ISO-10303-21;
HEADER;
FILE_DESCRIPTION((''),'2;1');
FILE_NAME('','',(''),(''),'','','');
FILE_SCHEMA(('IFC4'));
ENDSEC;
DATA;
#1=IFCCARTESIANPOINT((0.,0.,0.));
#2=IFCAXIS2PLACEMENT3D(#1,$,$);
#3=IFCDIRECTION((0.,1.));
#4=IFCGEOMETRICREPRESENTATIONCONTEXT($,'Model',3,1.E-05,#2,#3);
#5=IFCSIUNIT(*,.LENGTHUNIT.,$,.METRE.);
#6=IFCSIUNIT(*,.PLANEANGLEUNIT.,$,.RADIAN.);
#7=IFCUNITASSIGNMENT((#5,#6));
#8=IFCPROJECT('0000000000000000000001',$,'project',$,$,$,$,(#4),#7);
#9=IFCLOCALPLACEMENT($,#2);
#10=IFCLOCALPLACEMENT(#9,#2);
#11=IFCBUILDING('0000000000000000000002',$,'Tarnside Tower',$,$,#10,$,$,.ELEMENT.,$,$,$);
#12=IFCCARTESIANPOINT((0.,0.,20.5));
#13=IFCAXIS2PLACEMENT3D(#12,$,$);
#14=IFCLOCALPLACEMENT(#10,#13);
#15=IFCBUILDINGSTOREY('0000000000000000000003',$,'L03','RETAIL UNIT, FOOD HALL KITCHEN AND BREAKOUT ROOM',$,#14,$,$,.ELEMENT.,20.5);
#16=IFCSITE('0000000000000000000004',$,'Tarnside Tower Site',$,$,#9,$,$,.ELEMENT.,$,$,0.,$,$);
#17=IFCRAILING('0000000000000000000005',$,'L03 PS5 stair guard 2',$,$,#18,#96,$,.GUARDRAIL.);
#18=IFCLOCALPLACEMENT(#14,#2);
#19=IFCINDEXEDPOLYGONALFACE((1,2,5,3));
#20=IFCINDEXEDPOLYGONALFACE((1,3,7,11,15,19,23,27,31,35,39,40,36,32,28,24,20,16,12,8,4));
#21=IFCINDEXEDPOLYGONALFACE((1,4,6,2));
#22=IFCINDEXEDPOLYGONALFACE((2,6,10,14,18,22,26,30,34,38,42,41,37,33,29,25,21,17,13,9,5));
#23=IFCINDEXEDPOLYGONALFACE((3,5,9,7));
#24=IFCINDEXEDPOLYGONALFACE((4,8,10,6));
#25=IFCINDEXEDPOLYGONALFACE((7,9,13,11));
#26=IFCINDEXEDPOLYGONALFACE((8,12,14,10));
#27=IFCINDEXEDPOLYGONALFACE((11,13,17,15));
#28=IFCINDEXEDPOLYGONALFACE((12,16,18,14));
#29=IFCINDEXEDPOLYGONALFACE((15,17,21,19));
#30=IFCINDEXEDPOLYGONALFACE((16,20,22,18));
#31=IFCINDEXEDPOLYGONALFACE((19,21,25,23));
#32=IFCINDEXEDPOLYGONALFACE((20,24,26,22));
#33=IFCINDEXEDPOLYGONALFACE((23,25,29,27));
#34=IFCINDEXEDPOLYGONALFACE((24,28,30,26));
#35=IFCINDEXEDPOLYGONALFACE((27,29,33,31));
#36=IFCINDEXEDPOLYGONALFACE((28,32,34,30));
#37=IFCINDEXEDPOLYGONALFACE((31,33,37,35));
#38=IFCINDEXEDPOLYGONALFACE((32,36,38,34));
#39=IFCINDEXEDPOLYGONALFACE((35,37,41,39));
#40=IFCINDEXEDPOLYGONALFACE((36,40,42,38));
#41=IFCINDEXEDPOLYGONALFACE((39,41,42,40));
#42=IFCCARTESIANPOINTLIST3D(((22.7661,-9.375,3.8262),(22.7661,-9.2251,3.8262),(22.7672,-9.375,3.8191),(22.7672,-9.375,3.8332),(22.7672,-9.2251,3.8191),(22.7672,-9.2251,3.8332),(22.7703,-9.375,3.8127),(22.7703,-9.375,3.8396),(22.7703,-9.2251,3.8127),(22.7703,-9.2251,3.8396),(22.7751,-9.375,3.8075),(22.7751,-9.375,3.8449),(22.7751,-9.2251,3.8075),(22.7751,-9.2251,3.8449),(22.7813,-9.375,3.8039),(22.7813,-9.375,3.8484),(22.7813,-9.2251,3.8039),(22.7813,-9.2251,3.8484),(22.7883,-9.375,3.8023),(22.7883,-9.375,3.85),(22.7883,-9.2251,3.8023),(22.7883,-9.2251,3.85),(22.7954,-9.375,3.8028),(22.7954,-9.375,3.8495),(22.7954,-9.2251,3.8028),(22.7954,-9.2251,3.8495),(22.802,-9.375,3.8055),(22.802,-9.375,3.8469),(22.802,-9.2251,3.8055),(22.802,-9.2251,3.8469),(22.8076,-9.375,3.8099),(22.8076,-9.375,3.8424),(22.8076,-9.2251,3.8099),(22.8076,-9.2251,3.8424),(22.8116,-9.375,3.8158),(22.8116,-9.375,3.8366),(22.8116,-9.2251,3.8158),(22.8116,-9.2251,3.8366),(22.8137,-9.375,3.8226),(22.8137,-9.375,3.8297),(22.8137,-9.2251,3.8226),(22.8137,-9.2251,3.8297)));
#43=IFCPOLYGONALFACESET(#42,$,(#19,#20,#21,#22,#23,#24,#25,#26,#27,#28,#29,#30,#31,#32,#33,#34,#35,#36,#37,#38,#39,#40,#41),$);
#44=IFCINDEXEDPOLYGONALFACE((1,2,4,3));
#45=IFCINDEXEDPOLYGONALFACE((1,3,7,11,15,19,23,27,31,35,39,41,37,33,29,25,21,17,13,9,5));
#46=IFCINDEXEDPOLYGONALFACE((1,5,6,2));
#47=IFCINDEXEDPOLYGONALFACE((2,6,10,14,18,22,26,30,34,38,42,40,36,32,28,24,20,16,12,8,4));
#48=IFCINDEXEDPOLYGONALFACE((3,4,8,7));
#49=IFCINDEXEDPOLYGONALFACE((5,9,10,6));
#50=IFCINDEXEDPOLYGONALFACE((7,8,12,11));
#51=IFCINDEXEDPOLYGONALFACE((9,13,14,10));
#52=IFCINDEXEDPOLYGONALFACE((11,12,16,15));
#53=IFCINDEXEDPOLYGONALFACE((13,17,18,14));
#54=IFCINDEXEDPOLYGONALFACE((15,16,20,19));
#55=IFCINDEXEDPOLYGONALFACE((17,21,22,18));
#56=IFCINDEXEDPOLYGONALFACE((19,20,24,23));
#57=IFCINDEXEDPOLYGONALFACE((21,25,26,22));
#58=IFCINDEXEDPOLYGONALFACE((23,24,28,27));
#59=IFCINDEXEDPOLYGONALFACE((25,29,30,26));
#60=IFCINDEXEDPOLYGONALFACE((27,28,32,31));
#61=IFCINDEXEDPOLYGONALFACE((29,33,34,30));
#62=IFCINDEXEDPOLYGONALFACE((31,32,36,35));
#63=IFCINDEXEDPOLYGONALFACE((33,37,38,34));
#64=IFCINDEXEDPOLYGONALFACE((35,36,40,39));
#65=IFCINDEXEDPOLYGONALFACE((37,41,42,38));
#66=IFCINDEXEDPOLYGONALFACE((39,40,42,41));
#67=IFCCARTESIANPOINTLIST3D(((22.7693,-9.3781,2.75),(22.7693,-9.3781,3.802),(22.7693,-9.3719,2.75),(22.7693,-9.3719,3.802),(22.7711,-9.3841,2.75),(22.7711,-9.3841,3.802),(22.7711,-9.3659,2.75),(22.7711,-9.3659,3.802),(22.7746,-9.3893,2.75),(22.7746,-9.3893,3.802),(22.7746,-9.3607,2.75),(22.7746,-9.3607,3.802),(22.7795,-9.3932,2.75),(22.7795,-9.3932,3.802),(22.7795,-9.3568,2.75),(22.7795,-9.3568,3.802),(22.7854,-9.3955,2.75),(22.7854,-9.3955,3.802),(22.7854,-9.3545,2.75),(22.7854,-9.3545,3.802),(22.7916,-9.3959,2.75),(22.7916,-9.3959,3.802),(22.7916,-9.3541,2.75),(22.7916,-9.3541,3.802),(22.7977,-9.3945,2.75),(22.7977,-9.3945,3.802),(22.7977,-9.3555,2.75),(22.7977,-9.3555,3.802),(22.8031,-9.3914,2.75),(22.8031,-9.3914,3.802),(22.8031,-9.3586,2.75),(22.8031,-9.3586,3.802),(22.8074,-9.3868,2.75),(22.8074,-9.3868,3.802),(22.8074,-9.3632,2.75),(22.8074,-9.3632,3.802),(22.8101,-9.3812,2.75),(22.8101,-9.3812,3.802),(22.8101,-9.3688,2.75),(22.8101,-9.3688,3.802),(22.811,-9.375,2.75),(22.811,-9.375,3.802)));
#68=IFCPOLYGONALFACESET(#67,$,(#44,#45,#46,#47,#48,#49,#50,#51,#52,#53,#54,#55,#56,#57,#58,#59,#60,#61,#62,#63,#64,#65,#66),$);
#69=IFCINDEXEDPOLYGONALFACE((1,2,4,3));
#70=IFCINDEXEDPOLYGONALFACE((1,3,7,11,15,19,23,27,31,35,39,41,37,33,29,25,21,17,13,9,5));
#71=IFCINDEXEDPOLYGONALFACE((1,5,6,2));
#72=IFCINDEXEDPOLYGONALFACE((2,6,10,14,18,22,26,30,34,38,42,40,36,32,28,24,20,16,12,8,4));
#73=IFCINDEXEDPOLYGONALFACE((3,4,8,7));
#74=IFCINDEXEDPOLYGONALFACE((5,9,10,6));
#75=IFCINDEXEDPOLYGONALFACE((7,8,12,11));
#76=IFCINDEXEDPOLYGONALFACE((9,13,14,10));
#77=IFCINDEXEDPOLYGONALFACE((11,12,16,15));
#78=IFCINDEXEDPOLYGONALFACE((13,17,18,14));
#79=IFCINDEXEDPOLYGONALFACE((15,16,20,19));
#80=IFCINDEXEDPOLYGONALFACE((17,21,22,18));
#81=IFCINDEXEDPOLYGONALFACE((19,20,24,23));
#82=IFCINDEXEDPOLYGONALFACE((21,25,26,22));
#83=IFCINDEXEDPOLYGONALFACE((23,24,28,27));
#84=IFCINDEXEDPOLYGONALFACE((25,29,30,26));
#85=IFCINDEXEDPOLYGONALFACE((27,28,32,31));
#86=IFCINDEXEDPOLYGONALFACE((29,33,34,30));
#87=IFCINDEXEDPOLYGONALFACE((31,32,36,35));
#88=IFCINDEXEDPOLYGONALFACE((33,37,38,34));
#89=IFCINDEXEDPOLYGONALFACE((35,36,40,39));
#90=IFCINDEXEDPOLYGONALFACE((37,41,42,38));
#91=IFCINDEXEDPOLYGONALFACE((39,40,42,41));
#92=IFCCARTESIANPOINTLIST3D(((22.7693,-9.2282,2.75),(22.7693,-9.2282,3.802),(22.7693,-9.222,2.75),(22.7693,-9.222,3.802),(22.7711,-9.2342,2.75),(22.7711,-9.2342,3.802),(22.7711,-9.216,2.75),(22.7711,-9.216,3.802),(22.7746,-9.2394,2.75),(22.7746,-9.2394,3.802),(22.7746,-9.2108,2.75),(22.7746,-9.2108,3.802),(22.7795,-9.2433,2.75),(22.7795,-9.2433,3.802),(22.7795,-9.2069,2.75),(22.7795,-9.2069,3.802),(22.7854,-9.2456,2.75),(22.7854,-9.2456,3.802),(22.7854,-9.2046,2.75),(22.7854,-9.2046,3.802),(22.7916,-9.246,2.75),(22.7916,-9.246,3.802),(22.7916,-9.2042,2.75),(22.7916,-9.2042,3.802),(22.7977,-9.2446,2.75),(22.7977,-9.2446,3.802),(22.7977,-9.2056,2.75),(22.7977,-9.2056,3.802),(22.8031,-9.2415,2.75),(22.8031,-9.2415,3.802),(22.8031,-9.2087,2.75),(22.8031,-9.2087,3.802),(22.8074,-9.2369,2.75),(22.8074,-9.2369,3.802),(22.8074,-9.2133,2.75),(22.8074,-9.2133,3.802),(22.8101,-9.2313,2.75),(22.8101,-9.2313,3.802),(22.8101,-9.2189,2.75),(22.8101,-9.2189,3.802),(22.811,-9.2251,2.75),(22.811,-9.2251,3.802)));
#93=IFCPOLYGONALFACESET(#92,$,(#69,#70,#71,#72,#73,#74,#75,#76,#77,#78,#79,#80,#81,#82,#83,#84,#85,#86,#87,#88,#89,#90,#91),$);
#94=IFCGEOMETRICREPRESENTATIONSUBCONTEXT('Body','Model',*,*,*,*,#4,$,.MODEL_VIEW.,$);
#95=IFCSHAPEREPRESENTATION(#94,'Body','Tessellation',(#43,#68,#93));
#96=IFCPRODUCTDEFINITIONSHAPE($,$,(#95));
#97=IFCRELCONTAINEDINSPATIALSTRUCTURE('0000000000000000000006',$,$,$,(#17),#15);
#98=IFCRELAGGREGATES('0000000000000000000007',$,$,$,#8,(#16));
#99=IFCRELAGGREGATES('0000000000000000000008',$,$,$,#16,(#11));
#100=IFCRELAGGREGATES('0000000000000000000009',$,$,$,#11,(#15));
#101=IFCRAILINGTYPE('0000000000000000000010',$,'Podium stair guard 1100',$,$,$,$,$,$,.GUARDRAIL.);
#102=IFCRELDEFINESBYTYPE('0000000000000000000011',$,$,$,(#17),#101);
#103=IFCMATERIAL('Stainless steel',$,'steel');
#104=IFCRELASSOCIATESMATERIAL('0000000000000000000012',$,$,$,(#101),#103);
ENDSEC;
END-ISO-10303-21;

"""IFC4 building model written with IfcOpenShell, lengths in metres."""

from ifc_helpers import new_model, si_unit, direction, frame, origin, origin_2d, place, context, subcontext, project, spatial, circle, extrude, material, type_object, element, save


model = new_model("IFC4")

# Units and contexts
model_context = context("Model", 3, precision=1e-05, world=origin(), true_north=direction((0.0, 1.0)))
body_context = subcontext(model_context, "Body", "Model", "MODEL_VIEW")
ifc_project = project(units=[si_unit("LENGTHUNIT", "METRE"), si_unit("PLANEANGLEUNIT", "RADIAN")], contexts=[model_context])

# Site, building, storey
site_placement = place(None, origin())
site = spatial("IfcSite", under=ifc_project, at=site_placement, Name="Tarnside Tower Site", CompositionType="ELEMENT", RefElevation=0.0)
building_placement = place(site_placement, origin())
building = spatial("IfcBuilding", under=site, at=building_placement, Name="Tarnside Tower", CompositionType="ELEMENT")
storey_placement = place(building_placement, frame((0.0, 0.0, 20.5)))
storey = spatial("IfcBuildingStorey", under=building, at=storey_placement, Name="L03", Description="RETAIL UNIT, FOOD HALL KITCHEN AND BREAKOUT ROOM", CompositionType="ELEMENT", Elevation=20.5)

# Railing
ifc_material_1 = material(Name="Stainless steel", Category="steel")
railing_type_1 = type_object("IfcRailingType", Name="Podium stair guard 1100", PredefinedType="GUARDRAIL", material=ifc_material_1)
railing_1_placement = place(storey_placement, frame((22.79, -9.375, 2.75)))
element("IfcRailing", 1, at=railing_1_placement, inside=storey, type_object=railing_type_1, Name="L03 PS5 stair guard 2", PredefinedType="GUARDRAIL", context=body_context, shape_type="SweptSolid", body=[
    extrude(circle(Radius=0.0239, at=origin_2d()), frame((0.0, 0.0, 1.0762), z_axis=(0.0, 1.0, 0.0), x_axis=(-1.0, 0.0, 0.0)), (0.0, 0.0, 1.0), 0.1499),
    extrude(circle(Radius=0.021, at=origin_2d()), origin(), (0.0, 0.0, 1.0), 1.052),
    extrude(circle(Radius=0.021, at=origin_2d()), frame((0.0, 0.1499, 0.0)), (0.0, 0.0, 1.0), 1.052),
])

save(model, "model.ifc")
